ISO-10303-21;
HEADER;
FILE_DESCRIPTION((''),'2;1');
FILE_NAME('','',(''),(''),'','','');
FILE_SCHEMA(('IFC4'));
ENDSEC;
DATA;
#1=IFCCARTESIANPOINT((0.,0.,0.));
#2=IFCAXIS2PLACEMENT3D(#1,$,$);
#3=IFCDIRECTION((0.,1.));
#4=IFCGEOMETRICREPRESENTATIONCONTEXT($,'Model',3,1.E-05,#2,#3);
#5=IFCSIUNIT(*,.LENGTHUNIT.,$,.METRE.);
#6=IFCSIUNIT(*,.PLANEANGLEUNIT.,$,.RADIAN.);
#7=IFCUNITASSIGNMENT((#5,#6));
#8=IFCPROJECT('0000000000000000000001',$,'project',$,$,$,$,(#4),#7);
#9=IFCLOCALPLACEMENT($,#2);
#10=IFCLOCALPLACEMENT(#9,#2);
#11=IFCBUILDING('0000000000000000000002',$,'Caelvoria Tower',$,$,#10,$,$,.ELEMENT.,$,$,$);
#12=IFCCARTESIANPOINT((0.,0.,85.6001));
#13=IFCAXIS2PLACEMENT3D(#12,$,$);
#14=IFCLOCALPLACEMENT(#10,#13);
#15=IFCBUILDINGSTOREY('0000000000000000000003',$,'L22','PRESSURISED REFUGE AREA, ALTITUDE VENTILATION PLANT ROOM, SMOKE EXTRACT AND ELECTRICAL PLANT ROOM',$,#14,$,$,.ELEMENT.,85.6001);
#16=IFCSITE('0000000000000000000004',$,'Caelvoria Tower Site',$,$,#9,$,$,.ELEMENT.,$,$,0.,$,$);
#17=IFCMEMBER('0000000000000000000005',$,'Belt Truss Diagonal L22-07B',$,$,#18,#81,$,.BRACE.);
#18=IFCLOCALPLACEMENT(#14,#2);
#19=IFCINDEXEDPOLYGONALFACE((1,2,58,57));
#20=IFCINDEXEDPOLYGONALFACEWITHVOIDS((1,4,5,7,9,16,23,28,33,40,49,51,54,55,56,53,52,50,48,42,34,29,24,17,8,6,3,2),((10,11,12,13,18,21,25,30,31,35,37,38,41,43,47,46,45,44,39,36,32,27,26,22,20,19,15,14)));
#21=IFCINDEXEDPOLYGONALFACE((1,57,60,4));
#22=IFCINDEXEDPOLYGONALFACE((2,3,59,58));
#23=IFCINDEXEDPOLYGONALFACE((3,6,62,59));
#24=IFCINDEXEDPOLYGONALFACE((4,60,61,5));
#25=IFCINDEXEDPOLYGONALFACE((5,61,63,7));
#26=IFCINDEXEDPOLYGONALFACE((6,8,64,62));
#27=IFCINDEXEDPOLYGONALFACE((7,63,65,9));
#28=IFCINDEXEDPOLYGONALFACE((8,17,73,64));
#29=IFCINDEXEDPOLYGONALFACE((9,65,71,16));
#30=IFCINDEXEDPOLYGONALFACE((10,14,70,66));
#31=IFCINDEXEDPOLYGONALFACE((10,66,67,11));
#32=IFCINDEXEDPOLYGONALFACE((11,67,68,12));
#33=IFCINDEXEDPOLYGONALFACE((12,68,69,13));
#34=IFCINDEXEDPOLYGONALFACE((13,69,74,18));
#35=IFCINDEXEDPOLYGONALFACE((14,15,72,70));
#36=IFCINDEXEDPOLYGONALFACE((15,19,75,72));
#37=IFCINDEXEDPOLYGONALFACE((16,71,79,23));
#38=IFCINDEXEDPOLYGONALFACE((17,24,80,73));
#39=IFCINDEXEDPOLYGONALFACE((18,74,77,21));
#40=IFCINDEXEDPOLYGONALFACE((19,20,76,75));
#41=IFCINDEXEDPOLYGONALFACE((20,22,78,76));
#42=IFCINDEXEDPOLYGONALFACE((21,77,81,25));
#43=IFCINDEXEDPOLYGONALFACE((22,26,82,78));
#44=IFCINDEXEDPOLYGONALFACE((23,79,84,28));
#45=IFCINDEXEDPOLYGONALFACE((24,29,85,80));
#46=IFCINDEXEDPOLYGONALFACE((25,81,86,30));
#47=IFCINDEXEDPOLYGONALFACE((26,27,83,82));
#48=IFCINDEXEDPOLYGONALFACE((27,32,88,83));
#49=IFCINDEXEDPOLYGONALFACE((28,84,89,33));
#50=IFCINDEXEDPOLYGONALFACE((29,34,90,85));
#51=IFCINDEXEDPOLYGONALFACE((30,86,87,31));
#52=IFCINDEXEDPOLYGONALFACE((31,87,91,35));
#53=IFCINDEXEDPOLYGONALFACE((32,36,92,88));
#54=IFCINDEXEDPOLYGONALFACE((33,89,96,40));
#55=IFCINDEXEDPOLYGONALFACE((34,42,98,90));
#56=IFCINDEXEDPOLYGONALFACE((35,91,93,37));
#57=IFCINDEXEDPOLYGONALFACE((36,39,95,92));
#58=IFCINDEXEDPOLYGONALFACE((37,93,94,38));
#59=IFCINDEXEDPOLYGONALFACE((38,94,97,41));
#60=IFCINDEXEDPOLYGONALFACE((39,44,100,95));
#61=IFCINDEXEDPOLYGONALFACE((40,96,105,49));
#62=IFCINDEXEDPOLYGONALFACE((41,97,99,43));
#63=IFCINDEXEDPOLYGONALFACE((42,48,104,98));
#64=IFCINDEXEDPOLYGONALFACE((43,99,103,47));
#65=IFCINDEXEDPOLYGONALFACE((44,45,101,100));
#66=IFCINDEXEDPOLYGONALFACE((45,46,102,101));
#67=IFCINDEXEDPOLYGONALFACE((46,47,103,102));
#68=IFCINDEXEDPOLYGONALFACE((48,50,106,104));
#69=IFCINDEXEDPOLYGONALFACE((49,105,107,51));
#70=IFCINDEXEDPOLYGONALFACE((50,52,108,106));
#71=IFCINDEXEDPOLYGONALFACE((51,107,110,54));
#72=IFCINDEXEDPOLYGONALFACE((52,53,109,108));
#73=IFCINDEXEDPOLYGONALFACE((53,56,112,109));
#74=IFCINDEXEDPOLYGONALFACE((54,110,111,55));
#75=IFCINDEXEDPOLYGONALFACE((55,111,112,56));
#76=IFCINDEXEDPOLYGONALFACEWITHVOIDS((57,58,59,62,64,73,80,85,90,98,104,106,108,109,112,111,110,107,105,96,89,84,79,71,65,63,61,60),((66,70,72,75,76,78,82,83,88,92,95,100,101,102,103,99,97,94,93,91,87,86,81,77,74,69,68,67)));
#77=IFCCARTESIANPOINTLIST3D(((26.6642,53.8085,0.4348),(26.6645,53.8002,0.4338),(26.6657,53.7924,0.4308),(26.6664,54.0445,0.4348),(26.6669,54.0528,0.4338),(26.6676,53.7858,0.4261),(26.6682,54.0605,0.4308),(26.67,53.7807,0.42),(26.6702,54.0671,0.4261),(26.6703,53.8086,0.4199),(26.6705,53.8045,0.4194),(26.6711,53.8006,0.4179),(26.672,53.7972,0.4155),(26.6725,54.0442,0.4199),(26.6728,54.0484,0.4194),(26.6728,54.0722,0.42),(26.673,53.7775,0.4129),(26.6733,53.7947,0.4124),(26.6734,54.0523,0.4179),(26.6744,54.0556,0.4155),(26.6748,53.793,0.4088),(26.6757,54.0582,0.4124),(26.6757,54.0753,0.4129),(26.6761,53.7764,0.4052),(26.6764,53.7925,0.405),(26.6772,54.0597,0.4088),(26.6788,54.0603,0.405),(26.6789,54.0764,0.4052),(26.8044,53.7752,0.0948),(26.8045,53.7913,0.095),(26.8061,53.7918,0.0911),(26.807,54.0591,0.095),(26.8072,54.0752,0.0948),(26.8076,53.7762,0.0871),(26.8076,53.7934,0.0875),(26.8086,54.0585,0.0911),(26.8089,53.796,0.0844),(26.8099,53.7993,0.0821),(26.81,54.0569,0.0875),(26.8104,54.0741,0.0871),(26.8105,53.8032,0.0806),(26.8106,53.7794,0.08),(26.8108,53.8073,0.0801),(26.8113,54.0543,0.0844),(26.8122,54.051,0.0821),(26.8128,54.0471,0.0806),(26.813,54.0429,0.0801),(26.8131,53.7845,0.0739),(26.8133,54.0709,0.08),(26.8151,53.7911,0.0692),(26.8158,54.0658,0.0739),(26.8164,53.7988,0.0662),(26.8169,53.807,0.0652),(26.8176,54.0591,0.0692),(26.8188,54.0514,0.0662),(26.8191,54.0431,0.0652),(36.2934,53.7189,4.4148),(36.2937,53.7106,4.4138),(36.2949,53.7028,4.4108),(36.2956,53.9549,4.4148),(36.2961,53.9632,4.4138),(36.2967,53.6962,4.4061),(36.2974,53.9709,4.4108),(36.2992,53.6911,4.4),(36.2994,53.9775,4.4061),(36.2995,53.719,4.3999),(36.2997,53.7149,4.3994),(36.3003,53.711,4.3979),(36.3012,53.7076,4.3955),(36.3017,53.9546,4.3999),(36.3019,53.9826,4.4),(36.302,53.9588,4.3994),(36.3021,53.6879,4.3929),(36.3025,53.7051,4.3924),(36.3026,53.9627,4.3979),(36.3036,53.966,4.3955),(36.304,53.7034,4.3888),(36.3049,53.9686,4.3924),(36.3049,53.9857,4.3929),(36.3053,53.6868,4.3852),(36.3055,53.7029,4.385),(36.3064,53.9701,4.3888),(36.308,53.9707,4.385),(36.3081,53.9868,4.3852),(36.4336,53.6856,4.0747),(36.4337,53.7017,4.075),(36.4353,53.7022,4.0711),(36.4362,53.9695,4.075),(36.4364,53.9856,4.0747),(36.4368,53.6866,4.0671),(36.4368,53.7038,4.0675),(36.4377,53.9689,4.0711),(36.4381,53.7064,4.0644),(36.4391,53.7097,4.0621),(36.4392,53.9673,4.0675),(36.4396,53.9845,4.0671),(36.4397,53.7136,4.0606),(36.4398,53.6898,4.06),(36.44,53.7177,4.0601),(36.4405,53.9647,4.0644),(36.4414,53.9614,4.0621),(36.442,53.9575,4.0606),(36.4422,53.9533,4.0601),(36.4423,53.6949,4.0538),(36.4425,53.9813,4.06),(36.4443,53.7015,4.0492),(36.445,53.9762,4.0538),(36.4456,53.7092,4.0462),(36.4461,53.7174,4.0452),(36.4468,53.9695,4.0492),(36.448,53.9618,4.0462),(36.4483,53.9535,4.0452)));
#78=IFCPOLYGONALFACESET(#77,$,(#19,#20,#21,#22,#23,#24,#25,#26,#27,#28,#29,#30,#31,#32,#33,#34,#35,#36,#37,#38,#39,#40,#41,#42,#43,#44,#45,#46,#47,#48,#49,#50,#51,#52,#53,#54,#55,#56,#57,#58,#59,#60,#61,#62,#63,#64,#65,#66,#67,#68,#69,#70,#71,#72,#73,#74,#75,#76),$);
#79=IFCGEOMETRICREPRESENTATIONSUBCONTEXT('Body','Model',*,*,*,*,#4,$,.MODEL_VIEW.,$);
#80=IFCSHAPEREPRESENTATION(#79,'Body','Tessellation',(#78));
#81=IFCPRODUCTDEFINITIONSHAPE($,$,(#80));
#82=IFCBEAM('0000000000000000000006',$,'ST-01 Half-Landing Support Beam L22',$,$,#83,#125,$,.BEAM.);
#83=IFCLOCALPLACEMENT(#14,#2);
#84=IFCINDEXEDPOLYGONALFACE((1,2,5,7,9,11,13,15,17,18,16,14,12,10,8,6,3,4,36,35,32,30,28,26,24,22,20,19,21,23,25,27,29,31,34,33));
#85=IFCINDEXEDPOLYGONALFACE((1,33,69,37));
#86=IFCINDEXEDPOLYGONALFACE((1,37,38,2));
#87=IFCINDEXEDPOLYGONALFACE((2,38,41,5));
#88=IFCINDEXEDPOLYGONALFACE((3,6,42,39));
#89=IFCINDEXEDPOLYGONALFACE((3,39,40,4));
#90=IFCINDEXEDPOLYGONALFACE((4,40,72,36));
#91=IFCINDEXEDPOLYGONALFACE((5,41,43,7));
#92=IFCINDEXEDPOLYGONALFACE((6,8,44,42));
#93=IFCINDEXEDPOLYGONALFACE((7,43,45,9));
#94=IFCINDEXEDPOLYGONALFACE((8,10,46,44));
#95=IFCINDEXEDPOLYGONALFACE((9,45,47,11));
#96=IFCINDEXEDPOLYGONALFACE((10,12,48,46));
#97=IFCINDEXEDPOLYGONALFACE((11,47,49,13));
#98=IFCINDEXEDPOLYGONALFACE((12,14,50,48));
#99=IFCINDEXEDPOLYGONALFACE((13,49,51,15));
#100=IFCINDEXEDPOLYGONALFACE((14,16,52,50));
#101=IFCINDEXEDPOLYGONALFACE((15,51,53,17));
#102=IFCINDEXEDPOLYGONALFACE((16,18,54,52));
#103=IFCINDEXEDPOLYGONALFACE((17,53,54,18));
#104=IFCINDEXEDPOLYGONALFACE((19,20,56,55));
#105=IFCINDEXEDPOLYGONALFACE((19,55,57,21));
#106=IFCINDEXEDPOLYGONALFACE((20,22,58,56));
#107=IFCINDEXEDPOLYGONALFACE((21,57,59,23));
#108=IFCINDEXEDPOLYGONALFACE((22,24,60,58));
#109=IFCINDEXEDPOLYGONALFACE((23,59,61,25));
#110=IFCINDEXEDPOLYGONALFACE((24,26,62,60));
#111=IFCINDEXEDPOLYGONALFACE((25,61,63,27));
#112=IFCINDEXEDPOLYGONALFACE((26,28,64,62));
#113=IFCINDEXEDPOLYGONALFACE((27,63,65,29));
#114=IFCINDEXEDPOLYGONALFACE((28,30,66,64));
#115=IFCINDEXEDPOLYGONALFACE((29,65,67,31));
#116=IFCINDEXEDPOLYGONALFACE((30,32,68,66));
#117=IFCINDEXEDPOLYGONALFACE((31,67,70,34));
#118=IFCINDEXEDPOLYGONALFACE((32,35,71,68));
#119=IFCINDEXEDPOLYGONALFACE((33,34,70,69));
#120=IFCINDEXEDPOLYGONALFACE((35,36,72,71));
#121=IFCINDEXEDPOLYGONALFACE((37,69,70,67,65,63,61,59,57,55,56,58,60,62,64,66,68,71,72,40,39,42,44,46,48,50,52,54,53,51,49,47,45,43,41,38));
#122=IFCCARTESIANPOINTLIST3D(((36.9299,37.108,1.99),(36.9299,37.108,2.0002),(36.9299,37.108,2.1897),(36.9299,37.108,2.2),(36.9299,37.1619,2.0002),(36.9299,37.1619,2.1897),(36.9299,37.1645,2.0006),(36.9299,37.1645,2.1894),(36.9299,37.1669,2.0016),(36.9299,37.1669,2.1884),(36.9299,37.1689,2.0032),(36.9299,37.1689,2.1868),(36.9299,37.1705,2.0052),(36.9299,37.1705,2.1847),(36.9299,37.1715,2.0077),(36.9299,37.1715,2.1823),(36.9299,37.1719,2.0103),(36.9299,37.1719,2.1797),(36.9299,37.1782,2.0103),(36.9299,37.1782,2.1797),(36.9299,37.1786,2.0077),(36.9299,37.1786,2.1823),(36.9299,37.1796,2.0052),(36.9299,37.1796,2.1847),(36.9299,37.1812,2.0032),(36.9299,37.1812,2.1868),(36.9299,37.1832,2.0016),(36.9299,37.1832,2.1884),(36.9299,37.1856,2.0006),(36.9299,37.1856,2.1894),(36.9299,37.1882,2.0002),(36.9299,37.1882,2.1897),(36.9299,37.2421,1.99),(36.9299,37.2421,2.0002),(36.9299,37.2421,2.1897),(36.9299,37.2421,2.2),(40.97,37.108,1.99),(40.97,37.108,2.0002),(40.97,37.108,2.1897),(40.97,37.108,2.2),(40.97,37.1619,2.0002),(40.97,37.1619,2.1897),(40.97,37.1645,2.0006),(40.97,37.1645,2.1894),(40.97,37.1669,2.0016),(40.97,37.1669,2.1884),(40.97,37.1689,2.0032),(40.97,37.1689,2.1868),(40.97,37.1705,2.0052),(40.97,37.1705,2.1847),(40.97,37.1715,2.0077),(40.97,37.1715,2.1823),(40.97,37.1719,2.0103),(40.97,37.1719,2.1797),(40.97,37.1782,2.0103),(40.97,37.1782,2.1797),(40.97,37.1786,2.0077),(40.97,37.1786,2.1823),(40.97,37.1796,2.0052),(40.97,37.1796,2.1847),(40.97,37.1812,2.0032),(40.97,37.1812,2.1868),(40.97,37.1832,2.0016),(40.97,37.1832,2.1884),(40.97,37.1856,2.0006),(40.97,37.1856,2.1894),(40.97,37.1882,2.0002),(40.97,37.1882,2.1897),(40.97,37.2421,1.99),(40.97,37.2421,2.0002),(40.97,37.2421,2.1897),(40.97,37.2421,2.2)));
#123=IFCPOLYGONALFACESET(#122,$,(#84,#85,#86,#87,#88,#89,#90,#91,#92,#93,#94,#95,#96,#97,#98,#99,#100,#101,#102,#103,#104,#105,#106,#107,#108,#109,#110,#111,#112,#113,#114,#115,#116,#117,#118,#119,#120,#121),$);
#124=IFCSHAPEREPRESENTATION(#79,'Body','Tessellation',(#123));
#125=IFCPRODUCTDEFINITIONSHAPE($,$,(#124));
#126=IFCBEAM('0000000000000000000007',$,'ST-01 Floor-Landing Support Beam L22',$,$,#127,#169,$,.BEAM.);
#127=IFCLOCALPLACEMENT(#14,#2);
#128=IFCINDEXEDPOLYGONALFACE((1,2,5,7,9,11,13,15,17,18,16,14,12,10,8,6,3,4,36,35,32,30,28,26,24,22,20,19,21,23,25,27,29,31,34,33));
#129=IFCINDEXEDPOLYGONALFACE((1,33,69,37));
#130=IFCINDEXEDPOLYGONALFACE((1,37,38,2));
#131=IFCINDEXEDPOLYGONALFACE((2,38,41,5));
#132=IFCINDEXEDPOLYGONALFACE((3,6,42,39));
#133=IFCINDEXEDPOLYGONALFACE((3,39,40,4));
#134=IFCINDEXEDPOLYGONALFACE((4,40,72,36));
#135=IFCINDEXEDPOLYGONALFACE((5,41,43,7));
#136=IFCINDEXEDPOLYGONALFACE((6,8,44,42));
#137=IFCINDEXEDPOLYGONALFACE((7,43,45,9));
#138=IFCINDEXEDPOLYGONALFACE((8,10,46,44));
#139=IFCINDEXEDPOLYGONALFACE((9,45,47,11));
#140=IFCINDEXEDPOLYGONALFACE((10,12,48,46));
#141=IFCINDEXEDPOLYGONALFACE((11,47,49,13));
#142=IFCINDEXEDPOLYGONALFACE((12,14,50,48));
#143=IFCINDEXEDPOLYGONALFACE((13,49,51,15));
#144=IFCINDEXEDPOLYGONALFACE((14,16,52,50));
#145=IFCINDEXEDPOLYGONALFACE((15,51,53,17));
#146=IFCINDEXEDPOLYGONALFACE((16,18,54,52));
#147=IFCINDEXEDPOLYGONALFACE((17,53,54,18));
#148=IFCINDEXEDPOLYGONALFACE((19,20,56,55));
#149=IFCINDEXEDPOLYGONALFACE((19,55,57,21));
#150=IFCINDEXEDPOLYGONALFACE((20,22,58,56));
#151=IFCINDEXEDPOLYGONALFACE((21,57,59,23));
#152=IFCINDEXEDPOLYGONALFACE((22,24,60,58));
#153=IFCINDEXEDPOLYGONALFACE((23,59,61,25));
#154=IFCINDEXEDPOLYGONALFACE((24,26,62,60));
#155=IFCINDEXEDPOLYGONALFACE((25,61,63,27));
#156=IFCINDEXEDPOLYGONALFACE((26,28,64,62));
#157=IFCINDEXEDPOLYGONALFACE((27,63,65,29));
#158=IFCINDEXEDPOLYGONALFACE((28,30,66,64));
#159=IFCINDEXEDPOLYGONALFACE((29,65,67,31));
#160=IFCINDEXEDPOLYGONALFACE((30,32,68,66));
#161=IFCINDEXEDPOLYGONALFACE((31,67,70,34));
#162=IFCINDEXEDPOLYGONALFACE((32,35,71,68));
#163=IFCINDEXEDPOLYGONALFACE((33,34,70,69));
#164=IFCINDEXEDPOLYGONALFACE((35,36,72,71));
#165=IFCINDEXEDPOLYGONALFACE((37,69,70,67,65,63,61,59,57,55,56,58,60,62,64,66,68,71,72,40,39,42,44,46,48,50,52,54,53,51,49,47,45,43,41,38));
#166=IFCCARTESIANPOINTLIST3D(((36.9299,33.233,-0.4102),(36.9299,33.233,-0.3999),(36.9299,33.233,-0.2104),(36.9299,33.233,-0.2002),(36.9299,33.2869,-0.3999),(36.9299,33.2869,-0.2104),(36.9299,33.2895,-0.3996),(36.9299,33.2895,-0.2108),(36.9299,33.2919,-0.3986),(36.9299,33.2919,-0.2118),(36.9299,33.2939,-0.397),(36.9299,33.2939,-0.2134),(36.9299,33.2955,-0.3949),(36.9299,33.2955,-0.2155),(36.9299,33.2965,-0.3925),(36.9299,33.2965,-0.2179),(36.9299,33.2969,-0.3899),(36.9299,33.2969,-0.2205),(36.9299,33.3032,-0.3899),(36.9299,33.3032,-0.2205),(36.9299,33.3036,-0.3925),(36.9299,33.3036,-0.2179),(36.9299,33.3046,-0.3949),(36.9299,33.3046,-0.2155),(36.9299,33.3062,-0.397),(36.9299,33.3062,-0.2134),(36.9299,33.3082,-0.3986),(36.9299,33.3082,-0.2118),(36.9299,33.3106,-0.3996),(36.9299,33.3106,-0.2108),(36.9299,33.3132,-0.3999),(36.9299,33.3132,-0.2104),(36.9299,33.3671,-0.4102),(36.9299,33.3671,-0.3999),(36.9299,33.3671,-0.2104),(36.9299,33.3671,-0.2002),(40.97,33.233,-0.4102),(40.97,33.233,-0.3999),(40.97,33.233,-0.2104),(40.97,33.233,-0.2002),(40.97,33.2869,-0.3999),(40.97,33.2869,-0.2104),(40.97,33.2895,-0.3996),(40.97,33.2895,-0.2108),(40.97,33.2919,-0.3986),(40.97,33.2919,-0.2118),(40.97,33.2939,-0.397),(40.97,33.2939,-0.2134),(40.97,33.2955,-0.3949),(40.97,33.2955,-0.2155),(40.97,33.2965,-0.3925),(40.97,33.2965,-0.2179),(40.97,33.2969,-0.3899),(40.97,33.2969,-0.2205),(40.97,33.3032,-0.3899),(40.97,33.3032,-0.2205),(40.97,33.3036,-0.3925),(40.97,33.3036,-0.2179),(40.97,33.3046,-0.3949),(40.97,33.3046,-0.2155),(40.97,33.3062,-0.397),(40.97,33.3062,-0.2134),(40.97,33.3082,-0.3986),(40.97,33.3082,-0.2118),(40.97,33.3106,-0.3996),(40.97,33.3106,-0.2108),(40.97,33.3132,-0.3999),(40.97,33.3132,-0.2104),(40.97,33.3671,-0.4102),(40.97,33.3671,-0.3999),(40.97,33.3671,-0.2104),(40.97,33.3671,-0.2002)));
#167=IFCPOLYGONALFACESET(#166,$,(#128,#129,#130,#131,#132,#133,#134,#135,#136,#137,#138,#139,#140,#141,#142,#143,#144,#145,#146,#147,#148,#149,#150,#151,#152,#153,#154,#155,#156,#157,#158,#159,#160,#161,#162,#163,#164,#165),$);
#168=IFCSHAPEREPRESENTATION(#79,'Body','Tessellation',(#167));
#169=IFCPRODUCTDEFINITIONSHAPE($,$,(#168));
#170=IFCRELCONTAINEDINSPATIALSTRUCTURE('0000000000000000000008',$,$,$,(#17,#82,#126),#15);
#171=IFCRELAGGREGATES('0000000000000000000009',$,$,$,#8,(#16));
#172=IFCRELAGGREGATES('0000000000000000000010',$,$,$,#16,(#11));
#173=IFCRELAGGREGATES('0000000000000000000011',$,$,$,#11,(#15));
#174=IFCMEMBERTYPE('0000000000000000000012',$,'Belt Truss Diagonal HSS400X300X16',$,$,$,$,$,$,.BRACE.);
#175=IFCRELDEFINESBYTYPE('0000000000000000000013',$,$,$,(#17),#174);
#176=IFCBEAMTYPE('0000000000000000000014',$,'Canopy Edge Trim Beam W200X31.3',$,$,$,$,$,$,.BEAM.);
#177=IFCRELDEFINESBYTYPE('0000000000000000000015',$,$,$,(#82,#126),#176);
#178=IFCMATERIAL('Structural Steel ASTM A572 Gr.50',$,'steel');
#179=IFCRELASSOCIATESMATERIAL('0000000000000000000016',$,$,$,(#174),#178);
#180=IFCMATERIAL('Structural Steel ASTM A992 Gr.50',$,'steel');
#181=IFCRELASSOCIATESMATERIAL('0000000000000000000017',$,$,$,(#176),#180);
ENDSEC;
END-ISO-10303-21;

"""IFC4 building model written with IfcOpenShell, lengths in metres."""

from ifc_helpers import new_model, si_unit, direction, frame, origin, origin_2d, place, context, subcontext, project, spatial, hollow_rectangle, i_section, extrude, material, material_profile, profile_set, type_object, element, save


model = new_model("IFC4")

# Units and contexts
model_context = context("Model", 3, precision=1e-05, world=origin(), true_north=direction((0.0, 1.0)))
body_context = subcontext(model_context, "Body", "Model", "MODEL_VIEW")
ifc_project = project(units=[si_unit("LENGTHUNIT", "METRE"), si_unit("PLANEANGLEUNIT", "RADIAN")], contexts=[model_context])

# Site, building, storey
site_placement = place(None, origin())
site = spatial("IfcSite", under=ifc_project, at=site_placement, Name="Caelvoria Tower Site", CompositionType="ELEMENT", RefElevation=0.0)
building_placement = place(site_placement, origin())
building = spatial("IfcBuilding", under=site, at=building_placement, Name="Caelvoria Tower", CompositionType="ELEMENT")
storey_placement = place(building_placement, frame((0.0, 0.0, 85.6001)))
storey = spatial("IfcBuildingStorey", under=building, at=storey_placement, Name="L22", Description="PRESSURISED REFUGE AREA, ALTITUDE VENTILATION PLANT ROOM, SMOKE EXTRACT AND ELECTRICAL PLANT ROOM", CompositionType="ELEMENT", Elevation=85.6001)

# Member
ifc_material_1 = material(Name="Structural Steel ASTM A572 Gr.50", Category="steel")
ifc_material_profile_1 = material_profile(ifc_material_1, hollow_rectangle(XDim=0.3, YDim=0.3999, WallThickness=0.0161, InnerFilletRadius=0.0161, OuterFilletRadius=0.032, at=origin_2d()), Name="Structural Steel ASTM A572 Gr.50")
ifc_profile_set_1 = profile_set([ifc_material_profile_1], Name="HSS400X300X16 - Structural Steel ASTM A572 Gr.50")
member_type_1 = type_object("IfcMemberType", Name="Belt Truss Diagonal HSS400X300X16", PredefinedType="BRACE", material=ifc_profile_set_1)
member_1_placement = place(storey_placement, frame((36.3708, 53.8362, 4.23), z_axis=(-0.924135, 0.008599, -0.381969), x_axis=(-0.009305, -0.999957, 0.0)))
element("IfcMember", 1, at=member_1_placement, inside=storey, type_object=member_type_1, Name="Belt Truss Diagonal L22-07B", PredefinedType="BRACE", context=body_context, shape_type="SweptSolid", body=[
    extrude(hollow_rectangle(XDim=0.3, YDim=0.3999, WallThickness=0.0161, InnerFilletRadius=0.0161, OuterFilletRadius=0.032, at=origin_2d()), origin(), (0.0, 0.0, 1.0), 10.4197),
])

# Beams
ifc_material_2 = material(Name="Structural Steel ASTM A992 Gr.50", Category="steel")
ifc_material_profile_2 = material_profile(ifc_material_2, i_section(OverallWidth=0.134, OverallDepth=0.21, WebThickness=0.0063, FlangeThickness=0.0103, FilletRadius=0.01, at=origin_2d()), Name="Structural Steel ASTM A992 Gr.50")
ifc_profile_set_2 = profile_set([ifc_material_profile_2], Name="W200X31.3 - Structural Steel ASTM A992 Gr.50")
beam_type_1 = type_object("IfcBeamType", Name="Canopy Edge Trim Beam W200X31.3", PredefinedType="BEAM", material=ifc_profile_set_2)
for number, where, z_axis, x_axis, name in (
    (2, (36.9299, 37.175, 2.095), (1.0, 0.0, 0.0), (0.0, 1.0, 0.0), "ST-01 Half-Landing Support Beam L22"),
    (3, (36.9299, 33.3, -0.3052), (1.0, 0.0, 0.0), (0.0, 1.0, 0.0), "ST-01 Floor-Landing Support Beam L22"),
):
    element("IfcBeam", number, at=place(storey_placement, frame(where, z_axis=z_axis, x_axis=x_axis)), inside=storey, type_object=beam_type_1, Name=name, PredefinedType="BEAM", context=body_context, shape_type="SweptSolid", body=[
        extrude(i_section(OverallWidth=0.134, OverallDepth=0.21, WebThickness=0.0063, FlangeThickness=0.0103, FilletRadius=0.01, at=origin_2d()), origin(), (0.0, 0.0, 1.0), 4.04),
    ])

save(model, "model.ifc")
